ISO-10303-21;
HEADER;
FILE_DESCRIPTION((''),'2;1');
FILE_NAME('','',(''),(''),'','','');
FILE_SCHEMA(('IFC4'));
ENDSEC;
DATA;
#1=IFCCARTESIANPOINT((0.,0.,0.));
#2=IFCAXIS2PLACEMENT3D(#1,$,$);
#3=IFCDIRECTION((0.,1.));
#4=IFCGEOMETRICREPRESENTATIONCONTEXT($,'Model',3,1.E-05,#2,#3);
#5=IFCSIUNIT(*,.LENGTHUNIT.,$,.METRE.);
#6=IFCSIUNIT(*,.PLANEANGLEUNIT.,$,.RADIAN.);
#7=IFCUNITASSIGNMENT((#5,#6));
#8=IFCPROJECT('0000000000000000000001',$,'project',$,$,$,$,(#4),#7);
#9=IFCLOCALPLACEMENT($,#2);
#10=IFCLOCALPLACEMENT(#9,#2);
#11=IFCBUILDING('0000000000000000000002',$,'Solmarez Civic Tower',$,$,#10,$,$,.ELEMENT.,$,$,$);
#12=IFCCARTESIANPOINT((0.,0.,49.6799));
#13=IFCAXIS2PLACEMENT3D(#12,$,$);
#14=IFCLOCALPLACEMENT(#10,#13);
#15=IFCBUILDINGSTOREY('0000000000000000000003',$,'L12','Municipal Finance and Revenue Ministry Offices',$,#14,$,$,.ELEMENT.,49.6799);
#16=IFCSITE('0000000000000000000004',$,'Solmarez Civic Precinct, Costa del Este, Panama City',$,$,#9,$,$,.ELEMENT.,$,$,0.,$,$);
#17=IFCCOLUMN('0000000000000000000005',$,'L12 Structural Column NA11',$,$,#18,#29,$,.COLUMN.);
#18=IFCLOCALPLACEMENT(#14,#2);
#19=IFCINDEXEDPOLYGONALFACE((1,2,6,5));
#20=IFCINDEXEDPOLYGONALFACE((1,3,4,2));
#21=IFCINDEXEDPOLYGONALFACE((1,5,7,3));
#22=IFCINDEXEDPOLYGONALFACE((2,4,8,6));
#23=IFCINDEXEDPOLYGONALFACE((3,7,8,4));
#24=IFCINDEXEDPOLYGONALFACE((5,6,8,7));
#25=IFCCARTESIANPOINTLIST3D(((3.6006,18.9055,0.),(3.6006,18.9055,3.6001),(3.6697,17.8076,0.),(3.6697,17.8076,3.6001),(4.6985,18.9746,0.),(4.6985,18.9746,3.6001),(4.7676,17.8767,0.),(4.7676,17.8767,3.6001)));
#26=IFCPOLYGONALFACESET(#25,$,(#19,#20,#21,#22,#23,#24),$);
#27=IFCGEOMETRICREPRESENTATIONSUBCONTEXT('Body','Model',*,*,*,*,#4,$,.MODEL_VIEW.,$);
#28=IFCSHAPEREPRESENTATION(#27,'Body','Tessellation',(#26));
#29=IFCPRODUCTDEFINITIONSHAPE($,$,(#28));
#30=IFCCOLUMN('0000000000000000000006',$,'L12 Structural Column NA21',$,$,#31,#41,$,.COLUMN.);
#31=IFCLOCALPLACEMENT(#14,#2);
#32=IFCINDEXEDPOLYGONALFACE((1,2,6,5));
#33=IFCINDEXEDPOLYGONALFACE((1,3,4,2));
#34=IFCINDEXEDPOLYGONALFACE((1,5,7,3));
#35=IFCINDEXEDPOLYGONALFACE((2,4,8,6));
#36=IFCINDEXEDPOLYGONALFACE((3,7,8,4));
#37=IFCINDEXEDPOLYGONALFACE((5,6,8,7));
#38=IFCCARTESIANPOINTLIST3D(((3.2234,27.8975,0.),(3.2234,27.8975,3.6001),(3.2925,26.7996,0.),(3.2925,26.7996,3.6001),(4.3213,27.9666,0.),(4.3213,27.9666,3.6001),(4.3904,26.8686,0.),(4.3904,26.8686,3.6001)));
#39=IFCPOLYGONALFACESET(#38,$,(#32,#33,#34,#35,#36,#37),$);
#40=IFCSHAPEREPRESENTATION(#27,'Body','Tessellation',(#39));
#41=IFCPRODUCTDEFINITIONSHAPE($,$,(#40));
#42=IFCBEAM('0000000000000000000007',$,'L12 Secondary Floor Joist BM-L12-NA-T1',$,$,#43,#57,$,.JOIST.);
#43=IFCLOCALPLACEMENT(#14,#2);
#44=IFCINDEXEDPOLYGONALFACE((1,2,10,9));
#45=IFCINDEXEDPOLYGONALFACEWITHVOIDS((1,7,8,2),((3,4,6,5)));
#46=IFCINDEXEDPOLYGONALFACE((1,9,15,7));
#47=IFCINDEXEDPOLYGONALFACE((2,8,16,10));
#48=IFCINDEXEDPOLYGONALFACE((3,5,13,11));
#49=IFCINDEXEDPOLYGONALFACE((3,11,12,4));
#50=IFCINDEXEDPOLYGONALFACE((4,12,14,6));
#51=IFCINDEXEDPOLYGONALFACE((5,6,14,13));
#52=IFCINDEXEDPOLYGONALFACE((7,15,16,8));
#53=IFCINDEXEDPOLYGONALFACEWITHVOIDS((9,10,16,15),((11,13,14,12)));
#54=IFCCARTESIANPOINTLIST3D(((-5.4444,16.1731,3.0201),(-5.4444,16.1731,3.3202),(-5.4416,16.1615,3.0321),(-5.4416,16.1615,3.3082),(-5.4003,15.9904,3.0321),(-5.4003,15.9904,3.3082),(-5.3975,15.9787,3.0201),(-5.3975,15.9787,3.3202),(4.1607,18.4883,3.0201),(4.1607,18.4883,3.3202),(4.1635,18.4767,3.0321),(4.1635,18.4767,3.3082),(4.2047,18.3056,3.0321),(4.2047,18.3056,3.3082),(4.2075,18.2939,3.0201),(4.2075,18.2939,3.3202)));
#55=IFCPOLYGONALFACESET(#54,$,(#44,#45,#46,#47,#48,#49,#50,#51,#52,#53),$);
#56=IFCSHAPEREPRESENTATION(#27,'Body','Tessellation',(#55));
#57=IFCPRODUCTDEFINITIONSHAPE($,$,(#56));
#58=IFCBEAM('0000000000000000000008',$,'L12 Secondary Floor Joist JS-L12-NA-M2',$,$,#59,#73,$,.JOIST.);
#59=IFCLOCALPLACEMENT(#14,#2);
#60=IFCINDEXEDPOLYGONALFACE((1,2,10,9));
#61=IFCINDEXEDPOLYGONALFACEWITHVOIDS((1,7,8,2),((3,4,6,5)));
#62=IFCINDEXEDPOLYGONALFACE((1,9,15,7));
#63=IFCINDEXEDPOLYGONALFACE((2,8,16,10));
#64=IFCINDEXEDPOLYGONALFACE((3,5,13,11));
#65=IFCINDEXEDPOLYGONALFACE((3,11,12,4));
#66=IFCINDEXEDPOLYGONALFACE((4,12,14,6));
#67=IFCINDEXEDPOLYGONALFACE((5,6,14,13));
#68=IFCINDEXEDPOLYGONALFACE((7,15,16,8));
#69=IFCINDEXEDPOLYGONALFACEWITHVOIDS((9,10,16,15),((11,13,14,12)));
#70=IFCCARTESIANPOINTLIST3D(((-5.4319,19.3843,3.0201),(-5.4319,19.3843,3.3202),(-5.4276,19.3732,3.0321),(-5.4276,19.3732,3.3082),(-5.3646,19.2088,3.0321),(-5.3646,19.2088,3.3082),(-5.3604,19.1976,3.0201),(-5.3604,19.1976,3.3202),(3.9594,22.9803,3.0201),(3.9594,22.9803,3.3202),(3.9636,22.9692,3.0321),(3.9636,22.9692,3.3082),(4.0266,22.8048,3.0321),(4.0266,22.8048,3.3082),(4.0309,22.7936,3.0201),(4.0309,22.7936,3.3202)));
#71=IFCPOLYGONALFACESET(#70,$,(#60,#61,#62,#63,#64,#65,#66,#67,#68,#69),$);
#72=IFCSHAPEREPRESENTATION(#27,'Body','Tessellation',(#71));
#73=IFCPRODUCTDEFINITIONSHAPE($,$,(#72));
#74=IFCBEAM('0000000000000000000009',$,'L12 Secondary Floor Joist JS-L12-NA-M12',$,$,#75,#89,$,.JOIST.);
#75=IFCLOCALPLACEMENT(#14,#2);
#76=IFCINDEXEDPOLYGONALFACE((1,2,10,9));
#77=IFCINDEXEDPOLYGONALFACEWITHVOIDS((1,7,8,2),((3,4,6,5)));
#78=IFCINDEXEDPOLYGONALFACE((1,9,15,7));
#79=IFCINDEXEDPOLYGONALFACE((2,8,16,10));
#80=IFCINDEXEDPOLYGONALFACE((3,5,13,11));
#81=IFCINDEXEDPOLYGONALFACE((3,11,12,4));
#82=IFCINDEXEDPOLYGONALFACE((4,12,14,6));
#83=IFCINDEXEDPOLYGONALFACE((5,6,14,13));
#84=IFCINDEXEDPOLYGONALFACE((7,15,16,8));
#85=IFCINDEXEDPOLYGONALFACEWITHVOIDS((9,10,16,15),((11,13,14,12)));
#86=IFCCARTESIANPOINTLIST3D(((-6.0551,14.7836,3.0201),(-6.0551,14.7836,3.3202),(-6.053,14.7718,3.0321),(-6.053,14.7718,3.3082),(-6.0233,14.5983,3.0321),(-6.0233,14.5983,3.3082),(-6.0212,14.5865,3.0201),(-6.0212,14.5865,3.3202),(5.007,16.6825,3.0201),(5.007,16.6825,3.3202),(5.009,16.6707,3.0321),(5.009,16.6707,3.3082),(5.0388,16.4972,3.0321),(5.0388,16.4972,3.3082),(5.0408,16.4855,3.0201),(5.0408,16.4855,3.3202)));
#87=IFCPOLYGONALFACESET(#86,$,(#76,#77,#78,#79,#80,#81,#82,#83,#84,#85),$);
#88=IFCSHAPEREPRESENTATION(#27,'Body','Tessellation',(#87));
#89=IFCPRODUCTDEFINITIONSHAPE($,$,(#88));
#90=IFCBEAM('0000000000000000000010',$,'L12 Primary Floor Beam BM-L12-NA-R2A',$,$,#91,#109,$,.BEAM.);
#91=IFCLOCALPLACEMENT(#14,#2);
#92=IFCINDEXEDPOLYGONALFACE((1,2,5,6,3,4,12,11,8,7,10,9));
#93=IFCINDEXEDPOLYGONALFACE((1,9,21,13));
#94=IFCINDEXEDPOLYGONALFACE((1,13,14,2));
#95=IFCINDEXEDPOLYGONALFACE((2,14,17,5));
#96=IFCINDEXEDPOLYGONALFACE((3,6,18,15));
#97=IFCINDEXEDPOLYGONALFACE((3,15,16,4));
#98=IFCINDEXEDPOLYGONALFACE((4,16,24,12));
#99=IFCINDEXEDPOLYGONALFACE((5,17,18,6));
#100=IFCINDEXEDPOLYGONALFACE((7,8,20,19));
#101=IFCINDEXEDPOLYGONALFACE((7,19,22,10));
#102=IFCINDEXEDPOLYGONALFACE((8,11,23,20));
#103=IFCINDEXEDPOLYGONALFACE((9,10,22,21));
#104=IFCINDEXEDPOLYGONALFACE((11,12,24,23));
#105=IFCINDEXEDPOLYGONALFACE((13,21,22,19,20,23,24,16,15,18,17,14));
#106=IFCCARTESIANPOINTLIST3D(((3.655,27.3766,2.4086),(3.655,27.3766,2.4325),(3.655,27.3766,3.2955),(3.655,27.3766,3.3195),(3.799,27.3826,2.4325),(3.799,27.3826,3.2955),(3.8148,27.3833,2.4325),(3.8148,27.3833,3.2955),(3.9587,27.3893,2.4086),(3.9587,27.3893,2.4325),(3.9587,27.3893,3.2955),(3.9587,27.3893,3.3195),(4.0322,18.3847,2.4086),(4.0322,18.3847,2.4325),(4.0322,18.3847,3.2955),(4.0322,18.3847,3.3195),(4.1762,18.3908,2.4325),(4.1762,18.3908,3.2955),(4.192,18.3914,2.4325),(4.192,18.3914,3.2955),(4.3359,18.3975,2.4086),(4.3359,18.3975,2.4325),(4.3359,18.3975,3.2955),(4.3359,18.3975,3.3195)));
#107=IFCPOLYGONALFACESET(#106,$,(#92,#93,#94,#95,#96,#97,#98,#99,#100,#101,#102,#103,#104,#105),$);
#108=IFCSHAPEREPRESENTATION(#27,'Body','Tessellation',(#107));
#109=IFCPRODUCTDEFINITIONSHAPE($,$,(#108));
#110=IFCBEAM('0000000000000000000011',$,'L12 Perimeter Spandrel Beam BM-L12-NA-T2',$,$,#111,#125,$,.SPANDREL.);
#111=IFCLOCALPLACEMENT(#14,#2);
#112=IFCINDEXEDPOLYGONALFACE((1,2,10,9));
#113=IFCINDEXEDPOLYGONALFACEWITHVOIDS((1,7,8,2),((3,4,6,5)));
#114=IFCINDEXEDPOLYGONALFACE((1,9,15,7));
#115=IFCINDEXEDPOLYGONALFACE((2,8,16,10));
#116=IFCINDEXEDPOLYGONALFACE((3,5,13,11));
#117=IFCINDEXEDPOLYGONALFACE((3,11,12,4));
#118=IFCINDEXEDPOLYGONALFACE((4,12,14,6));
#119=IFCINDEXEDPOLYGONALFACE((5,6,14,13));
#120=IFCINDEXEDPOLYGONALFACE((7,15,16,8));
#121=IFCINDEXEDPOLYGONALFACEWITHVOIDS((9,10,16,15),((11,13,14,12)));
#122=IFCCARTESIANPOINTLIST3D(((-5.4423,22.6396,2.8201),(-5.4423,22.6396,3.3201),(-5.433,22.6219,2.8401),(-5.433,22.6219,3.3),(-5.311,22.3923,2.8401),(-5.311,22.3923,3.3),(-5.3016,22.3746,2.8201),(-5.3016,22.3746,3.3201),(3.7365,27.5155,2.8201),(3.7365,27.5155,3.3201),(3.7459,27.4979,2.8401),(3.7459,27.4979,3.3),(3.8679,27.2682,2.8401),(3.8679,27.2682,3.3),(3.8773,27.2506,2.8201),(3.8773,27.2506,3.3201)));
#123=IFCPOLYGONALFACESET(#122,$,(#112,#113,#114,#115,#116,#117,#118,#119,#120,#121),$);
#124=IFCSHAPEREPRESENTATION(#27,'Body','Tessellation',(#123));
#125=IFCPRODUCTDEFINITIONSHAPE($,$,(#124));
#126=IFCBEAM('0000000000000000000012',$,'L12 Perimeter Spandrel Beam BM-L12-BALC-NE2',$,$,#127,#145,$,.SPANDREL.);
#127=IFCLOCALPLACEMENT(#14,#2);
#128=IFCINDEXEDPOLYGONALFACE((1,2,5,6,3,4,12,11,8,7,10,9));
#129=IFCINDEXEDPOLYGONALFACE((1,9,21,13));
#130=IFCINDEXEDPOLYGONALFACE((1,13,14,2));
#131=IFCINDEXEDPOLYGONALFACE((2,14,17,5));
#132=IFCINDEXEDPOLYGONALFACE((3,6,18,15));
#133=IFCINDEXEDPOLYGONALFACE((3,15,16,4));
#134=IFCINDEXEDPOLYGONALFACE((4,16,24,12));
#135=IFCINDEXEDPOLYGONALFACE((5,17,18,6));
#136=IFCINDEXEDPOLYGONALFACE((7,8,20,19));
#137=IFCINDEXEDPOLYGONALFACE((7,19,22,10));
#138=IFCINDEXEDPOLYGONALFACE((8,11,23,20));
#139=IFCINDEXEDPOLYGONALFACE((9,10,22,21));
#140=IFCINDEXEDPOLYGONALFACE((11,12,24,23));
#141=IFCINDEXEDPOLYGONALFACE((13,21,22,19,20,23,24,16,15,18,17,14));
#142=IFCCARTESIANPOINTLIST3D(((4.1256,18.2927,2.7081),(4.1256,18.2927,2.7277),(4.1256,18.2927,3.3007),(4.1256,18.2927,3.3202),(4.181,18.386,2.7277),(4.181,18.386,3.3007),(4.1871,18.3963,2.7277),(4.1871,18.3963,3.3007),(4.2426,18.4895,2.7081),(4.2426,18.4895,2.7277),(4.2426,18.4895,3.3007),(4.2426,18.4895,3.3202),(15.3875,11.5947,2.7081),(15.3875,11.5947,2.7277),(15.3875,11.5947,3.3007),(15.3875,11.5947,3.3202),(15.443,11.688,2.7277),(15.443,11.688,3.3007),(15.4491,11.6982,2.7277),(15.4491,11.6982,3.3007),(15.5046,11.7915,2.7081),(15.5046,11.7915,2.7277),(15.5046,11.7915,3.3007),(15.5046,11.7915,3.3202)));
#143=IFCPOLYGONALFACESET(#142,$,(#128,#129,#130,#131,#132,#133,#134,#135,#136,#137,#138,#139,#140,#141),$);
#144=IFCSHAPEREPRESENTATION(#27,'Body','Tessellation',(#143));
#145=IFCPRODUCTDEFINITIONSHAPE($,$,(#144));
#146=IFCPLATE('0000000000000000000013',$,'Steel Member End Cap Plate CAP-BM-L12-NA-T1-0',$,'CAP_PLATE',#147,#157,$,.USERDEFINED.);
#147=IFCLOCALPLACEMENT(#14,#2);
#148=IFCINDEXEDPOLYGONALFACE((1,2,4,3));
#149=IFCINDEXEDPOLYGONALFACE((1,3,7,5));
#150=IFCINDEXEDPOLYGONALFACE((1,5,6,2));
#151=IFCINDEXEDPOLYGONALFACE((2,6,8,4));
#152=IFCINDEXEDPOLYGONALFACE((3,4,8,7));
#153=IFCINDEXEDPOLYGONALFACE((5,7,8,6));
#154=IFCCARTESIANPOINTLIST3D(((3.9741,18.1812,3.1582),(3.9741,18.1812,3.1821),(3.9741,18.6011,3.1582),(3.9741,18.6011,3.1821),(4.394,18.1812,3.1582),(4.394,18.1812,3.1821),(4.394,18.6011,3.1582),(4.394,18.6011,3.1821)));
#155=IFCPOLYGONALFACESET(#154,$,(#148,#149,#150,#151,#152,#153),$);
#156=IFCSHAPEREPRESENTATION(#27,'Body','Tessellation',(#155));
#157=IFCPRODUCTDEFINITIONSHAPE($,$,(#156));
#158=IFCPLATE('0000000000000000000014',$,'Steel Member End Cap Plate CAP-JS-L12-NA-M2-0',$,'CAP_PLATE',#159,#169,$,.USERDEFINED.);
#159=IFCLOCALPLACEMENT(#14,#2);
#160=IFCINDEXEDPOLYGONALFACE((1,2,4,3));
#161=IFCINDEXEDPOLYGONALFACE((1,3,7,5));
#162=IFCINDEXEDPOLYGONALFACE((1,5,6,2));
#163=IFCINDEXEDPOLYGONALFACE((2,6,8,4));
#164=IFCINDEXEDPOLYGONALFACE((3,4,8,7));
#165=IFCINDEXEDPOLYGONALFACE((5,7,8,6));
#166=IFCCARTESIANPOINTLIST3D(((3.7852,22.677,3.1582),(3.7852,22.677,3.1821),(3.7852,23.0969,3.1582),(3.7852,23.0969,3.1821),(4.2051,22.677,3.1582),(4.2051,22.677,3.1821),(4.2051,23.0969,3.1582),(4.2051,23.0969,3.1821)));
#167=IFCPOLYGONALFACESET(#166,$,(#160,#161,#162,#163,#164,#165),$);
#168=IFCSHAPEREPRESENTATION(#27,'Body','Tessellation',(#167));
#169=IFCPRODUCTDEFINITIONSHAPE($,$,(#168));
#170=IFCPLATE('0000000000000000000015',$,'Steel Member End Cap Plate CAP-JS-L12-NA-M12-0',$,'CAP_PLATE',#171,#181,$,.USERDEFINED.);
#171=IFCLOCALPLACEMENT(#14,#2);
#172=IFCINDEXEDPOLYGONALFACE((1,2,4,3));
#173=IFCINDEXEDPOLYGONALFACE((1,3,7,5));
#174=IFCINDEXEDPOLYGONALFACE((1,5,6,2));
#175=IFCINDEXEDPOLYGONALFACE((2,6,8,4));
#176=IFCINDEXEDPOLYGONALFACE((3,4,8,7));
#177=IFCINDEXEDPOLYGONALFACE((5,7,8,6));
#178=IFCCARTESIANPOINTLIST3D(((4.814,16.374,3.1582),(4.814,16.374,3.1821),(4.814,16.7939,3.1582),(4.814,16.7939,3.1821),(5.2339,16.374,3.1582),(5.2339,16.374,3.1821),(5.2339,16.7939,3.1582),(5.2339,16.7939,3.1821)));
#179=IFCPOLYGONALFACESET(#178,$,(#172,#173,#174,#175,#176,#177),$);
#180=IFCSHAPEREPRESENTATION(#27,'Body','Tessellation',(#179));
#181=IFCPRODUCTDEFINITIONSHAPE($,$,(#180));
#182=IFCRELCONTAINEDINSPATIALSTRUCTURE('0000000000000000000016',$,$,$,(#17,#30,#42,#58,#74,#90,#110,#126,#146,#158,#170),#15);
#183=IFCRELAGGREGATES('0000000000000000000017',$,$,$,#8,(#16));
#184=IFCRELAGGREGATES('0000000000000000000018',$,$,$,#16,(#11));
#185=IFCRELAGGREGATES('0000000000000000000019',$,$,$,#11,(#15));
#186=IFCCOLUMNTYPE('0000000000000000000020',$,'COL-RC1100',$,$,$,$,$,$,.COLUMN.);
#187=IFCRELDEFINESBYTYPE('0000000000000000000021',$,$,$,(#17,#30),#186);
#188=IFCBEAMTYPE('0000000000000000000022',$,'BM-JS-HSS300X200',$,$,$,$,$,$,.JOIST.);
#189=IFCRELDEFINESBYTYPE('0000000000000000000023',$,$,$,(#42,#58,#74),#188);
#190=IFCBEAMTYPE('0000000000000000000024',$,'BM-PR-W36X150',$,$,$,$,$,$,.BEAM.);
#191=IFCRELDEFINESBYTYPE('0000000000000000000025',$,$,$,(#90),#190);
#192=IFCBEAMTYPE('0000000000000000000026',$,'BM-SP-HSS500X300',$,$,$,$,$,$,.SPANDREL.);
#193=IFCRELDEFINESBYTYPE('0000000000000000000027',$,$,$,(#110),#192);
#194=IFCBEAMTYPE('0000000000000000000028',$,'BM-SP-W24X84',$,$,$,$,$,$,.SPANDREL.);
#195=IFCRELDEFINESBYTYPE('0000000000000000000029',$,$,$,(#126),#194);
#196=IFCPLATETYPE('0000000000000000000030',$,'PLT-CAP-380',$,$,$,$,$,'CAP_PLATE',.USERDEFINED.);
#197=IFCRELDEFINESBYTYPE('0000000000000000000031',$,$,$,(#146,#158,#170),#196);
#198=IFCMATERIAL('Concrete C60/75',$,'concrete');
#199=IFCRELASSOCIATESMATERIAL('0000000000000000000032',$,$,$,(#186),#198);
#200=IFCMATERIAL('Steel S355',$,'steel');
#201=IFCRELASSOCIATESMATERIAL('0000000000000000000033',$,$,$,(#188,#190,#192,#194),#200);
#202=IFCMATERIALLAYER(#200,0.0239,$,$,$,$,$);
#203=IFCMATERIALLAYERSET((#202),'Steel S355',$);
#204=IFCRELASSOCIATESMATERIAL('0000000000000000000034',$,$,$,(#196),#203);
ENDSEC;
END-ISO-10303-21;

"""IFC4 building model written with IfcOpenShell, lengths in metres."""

from ifc_helpers import new_model, si_unit, direction, frame, origin, origin_2d, place, context, subcontext, project, spatial, rectangle, hollow_rectangle, i_section, extrude, material, layer, layer_set, material_profile, profile_set, type_object, element, save


model = new_model("IFC4")

# Units and contexts
model_context = context("Model", 3, precision=1e-05, world=origin(), true_north=direction((0.0, 1.0)))
body_context = subcontext(model_context, "Body", "Model", "MODEL_VIEW")
ifc_project = project(units=[si_unit("LENGTHUNIT", "METRE"), si_unit("PLANEANGLEUNIT", "RADIAN")], contexts=[model_context])

# Site, building, storey
site_placement = place(None, origin())
site = spatial("IfcSite", under=ifc_project, at=site_placement, Name="Solmarez Civic Precinct, Costa del Este, Panama City", CompositionType="ELEMENT", RefElevation=0.0)
building_placement = place(site_placement, origin())
building = spatial("IfcBuilding", under=site, at=building_placement, Name="Solmarez Civic Tower", CompositionType="ELEMENT")
storey_placement = place(building_placement, frame((0.0, 0.0, 49.6799)))
storey = spatial("IfcBuildingStorey", under=building, at=storey_placement, Name="L12", Description="Municipal Finance and Revenue Ministry Offices", CompositionType="ELEMENT", Elevation=49.6799)

# Columns
ifc_material_1 = material(Name="Concrete C60/75", Category="concrete")
ifc_material_profile_1 = material_profile(ifc_material_1, rectangle(XDim=1.1001, YDim=1.1001, at=origin_2d()), Name="RC1100X1100")
ifc_profile_set_1 = profile_set([ifc_material_profile_1], Name="Concrete C60/75")
column_type = type_object("IfcColumnType", Name="COL-RC1100", PredefinedType="COLUMN", material=ifc_profile_set_1)
for number, where, z_axis, x_axis, name in (
    (1, (4.1841, 18.3911, 0.0), (0.0, 0.0, 1.0), (0.998027, 0.062791, 0.0), "L12 Structural Column NA11"),
    (2, (3.8069, 27.3831, 0.0), (0.0, 0.0, 1.0), (0.998027, 0.062791, 0.0), "L12 Structural Column NA21"),
):
    element("IfcColumn", number, at=place(storey_placement, frame(where, z_axis=z_axis, x_axis=x_axis)), inside=storey, type_object=column_type, Name=name, PredefinedType="COLUMN", context=body_context, shape_type="SweptSolid", body=[
        extrude(rectangle(XDim=1.1001, YDim=1.1001, at=origin_2d()), origin(), (0.0, 0.0, 1.0), 3.6001),
    ])

# Beams
ifc_material_2 = material(Name="Steel S355", Category="steel")
ifc_material_profile_2 = material_profile(ifc_material_2, hollow_rectangle(XDim=0.2, YDim=0.3, WallThickness=0.012, at=origin_2d()), Name="HSS300X200X12")
ifc_profile_set_2 = profile_set([ifc_material_profile_2], Name="Steel S355")
beam_type_1 = type_object("IfcBeamType", Name="BM-JS-HSS300X200", PredefinedType="JOIST", material=ifc_profile_set_2)
beam_1_placement = place(storey_placement, frame((4.1841, 18.3911, 3.1702), z_axis=(-0.972157, -0.234329, 0.0), x_axis=(0.234329, -0.972157, 0.0)))
element("IfcBeam", 3, at=beam_1_placement, inside=storey, type_object=beam_type_1, Name="L12 Secondary Floor Joist BM-L12-NA-T1", PredefinedType="JOIST", context=body_context, shape_type="SweptSolid", body=[
    extrude(hollow_rectangle(XDim=0.2, YDim=0.3, WallThickness=0.012, at=origin_2d()), origin(), (0.0, 0.0, 1.0), 9.8801),
])
beam_2_placement = place(storey_placement, frame((3.9951, 22.887, 3.1702), z_axis=(-0.933878, -0.357591, 0.0), x_axis=(0.357591, -0.933878, 0.0)))
element("IfcBeam", 4, at=beam_2_placement, inside=storey, type_object=beam_type_1, Name="L12 Secondary Floor Joist JS-L12-NA-M2", PredefinedType="JOIST", context=body_context, shape_type="SweptSolid", body=[
    extrude(hollow_rectangle(XDim=0.2, YDim=0.3, WallThickness=0.012, at=origin_2d()), origin(), (0.0, 0.0, 1.0), 10.0562),
])
beam_3_placement = place(storey_placement, frame((5.0239, 16.584, 3.1702), z_axis=(-0.985584, -0.169187, 0.0), x_axis=(0.169187, -0.985584, 0.0)))
element("IfcBeam", 5, at=beam_3_placement, inside=storey, type_object=beam_type_1, Name="L12 Secondary Floor Joist JS-L12-NA-M12", PredefinedType="JOIST", context=body_context, shape_type="SweptSolid", body=[
    extrude(hollow_rectangle(XDim=0.2, YDim=0.3, WallThickness=0.012, at=origin_2d()), origin(), (0.0, 0.0, 1.0), 11.2239),
])
ifc_material_profile_3 = material_profile(ifc_material_2, i_section(OverallWidth=0.304, OverallDepth=0.9109, WebThickness=0.0159, FlangeThickness=0.0239, at=origin_2d()), Name="W36X150")
ifc_profile_set_3 = profile_set([ifc_material_profile_3], Name="Steel S355")
beam_type_2 = type_object("IfcBeamType", Name="BM-PR-W36X150", PredefinedType="BEAM", material=ifc_profile_set_3)
beam_4_placement = place(storey_placement, frame((4.1841, 18.3911, 2.864), z_axis=(-0.041911, 0.999121, 0.0), x_axis=(-0.999121, -0.041911, 0.0)))
element("IfcBeam", 6, at=beam_4_placement, inside=storey, type_object=beam_type_2, Name="L12 Primary Floor Beam BM-L12-NA-R2A", PredefinedType="BEAM", context=body_context, shape_type="SweptSolid", body=[
    extrude(i_section(OverallWidth=0.304, OverallDepth=0.9109, WebThickness=0.0159, FlangeThickness=0.0239, at=origin_2d()), origin(), (0.0, 0.0, 1.0), 8.9998),
])
ifc_material_profile_4 = material_profile(ifc_material_2, hollow_rectangle(XDim=0.3, YDim=0.5, WallThickness=0.02, at=origin_2d()), Name="HSS500X300X20")
ifc_profile_set_4 = profile_set([ifc_material_profile_4], Name="Steel S355")
beam_type_3 = type_object("IfcBeamType", Name="BM-SP-HSS500X300", PredefinedType="SPANDREL", material=ifc_profile_set_4)
beam_5_placement = place(storey_placement, frame((3.8069, 27.3831, 3.0701), z_axis=(-0.883129, -0.469129, 0.0), x_axis=(0.469129, -0.883129, 0.0)))
element("IfcBeam", 7, at=beam_5_placement, inside=storey, type_object=beam_type_3, Name="L12 Perimeter Spandrel Beam BM-L12-NA-T2", PredefinedType="SPANDREL", context=body_context, shape_type="SweptSolid", body=[
    extrude(hollow_rectangle(XDim=0.3, YDim=0.5, WallThickness=0.02, at=origin_2d()), origin(), (0.0, 0.0, 1.0), 10.3936),
])
ifc_material_profile_5 = material_profile(ifc_material_2, i_section(OverallWidth=0.229, OverallDepth=0.6121, WebThickness=0.012, FlangeThickness=0.0195, at=origin_2d()), Name="W24X84")
ifc_profile_set_5 = profile_set([ifc_material_profile_5], Name="Steel S355")
beam_type_4 = type_object("IfcBeamType", Name="BM-SP-W24X84", PredefinedType="SPANDREL", material=ifc_profile_set_5)
beam_6_placement = place(storey_placement, frame((4.1841, 18.3911, 3.0142), z_axis=(0.859479, -0.511171, 0.0), x_axis=(0.511171, 0.859479, 0.0)))
element("IfcBeam", 8, at=beam_6_placement, inside=storey, type_object=beam_type_4, Name="L12 Perimeter Spandrel Beam BM-L12-BALC-NE2", PredefinedType="SPANDREL", context=body_context, shape_type="SweptSolid", body=[
    extrude(i_section(OverallWidth=0.229, OverallDepth=0.6121, WebThickness=0.012, FlangeThickness=0.0195, at=origin_2d()), origin(), (0.0, 0.0, 1.0), 13.1033),
])

# Plates
ifc_layer_1 = layer(ifc_material_2, 0.0239)
ifc_layer_set_1 = layer_set([ifc_layer_1], Name="Steel S355")
plate_type_1 = type_object("IfcPlateType", Name="PLT-CAP-380", ElementType="CAP_PLATE", PredefinedType="USERDEFINED", material=ifc_layer_set_1)
for number, where, z_axis, x_axis, name in (
    (9, (4.1841, 18.3911, 3.1582), (0.0, 0.0, 1.0), (1.0, 0.0, 0.0), "Steel Member End Cap Plate CAP-BM-L12-NA-T1-0"),
    (10, (3.9951, 22.887, 3.1582), (0.0, 0.0, 1.0), (1.0, 0.0, 0.0), "Steel Member End Cap Plate CAP-JS-L12-NA-M2-0"),
    (11, (5.0239, 16.584, 3.1582), (0.0, 0.0, 1.0), (1.0, 0.0, 0.0), "Steel Member End Cap Plate CAP-JS-L12-NA-M12-0"),
):
    element("IfcPlate", number, at=place(storey_placement, frame(where, z_axis=z_axis, x_axis=x_axis)), inside=storey, type_object=plate_type_1, Name=name, ObjectType="CAP_PLATE", PredefinedType="USERDEFINED", context=body_context, shape_type="SweptSolid", body=[
        extrude(rectangle(XDim=0.4199, YDim=0.4199, at=origin_2d()), origin(), (0.0, 0.0, 1.0), 0.0239),
    ])

save(model, "model.ifc")
